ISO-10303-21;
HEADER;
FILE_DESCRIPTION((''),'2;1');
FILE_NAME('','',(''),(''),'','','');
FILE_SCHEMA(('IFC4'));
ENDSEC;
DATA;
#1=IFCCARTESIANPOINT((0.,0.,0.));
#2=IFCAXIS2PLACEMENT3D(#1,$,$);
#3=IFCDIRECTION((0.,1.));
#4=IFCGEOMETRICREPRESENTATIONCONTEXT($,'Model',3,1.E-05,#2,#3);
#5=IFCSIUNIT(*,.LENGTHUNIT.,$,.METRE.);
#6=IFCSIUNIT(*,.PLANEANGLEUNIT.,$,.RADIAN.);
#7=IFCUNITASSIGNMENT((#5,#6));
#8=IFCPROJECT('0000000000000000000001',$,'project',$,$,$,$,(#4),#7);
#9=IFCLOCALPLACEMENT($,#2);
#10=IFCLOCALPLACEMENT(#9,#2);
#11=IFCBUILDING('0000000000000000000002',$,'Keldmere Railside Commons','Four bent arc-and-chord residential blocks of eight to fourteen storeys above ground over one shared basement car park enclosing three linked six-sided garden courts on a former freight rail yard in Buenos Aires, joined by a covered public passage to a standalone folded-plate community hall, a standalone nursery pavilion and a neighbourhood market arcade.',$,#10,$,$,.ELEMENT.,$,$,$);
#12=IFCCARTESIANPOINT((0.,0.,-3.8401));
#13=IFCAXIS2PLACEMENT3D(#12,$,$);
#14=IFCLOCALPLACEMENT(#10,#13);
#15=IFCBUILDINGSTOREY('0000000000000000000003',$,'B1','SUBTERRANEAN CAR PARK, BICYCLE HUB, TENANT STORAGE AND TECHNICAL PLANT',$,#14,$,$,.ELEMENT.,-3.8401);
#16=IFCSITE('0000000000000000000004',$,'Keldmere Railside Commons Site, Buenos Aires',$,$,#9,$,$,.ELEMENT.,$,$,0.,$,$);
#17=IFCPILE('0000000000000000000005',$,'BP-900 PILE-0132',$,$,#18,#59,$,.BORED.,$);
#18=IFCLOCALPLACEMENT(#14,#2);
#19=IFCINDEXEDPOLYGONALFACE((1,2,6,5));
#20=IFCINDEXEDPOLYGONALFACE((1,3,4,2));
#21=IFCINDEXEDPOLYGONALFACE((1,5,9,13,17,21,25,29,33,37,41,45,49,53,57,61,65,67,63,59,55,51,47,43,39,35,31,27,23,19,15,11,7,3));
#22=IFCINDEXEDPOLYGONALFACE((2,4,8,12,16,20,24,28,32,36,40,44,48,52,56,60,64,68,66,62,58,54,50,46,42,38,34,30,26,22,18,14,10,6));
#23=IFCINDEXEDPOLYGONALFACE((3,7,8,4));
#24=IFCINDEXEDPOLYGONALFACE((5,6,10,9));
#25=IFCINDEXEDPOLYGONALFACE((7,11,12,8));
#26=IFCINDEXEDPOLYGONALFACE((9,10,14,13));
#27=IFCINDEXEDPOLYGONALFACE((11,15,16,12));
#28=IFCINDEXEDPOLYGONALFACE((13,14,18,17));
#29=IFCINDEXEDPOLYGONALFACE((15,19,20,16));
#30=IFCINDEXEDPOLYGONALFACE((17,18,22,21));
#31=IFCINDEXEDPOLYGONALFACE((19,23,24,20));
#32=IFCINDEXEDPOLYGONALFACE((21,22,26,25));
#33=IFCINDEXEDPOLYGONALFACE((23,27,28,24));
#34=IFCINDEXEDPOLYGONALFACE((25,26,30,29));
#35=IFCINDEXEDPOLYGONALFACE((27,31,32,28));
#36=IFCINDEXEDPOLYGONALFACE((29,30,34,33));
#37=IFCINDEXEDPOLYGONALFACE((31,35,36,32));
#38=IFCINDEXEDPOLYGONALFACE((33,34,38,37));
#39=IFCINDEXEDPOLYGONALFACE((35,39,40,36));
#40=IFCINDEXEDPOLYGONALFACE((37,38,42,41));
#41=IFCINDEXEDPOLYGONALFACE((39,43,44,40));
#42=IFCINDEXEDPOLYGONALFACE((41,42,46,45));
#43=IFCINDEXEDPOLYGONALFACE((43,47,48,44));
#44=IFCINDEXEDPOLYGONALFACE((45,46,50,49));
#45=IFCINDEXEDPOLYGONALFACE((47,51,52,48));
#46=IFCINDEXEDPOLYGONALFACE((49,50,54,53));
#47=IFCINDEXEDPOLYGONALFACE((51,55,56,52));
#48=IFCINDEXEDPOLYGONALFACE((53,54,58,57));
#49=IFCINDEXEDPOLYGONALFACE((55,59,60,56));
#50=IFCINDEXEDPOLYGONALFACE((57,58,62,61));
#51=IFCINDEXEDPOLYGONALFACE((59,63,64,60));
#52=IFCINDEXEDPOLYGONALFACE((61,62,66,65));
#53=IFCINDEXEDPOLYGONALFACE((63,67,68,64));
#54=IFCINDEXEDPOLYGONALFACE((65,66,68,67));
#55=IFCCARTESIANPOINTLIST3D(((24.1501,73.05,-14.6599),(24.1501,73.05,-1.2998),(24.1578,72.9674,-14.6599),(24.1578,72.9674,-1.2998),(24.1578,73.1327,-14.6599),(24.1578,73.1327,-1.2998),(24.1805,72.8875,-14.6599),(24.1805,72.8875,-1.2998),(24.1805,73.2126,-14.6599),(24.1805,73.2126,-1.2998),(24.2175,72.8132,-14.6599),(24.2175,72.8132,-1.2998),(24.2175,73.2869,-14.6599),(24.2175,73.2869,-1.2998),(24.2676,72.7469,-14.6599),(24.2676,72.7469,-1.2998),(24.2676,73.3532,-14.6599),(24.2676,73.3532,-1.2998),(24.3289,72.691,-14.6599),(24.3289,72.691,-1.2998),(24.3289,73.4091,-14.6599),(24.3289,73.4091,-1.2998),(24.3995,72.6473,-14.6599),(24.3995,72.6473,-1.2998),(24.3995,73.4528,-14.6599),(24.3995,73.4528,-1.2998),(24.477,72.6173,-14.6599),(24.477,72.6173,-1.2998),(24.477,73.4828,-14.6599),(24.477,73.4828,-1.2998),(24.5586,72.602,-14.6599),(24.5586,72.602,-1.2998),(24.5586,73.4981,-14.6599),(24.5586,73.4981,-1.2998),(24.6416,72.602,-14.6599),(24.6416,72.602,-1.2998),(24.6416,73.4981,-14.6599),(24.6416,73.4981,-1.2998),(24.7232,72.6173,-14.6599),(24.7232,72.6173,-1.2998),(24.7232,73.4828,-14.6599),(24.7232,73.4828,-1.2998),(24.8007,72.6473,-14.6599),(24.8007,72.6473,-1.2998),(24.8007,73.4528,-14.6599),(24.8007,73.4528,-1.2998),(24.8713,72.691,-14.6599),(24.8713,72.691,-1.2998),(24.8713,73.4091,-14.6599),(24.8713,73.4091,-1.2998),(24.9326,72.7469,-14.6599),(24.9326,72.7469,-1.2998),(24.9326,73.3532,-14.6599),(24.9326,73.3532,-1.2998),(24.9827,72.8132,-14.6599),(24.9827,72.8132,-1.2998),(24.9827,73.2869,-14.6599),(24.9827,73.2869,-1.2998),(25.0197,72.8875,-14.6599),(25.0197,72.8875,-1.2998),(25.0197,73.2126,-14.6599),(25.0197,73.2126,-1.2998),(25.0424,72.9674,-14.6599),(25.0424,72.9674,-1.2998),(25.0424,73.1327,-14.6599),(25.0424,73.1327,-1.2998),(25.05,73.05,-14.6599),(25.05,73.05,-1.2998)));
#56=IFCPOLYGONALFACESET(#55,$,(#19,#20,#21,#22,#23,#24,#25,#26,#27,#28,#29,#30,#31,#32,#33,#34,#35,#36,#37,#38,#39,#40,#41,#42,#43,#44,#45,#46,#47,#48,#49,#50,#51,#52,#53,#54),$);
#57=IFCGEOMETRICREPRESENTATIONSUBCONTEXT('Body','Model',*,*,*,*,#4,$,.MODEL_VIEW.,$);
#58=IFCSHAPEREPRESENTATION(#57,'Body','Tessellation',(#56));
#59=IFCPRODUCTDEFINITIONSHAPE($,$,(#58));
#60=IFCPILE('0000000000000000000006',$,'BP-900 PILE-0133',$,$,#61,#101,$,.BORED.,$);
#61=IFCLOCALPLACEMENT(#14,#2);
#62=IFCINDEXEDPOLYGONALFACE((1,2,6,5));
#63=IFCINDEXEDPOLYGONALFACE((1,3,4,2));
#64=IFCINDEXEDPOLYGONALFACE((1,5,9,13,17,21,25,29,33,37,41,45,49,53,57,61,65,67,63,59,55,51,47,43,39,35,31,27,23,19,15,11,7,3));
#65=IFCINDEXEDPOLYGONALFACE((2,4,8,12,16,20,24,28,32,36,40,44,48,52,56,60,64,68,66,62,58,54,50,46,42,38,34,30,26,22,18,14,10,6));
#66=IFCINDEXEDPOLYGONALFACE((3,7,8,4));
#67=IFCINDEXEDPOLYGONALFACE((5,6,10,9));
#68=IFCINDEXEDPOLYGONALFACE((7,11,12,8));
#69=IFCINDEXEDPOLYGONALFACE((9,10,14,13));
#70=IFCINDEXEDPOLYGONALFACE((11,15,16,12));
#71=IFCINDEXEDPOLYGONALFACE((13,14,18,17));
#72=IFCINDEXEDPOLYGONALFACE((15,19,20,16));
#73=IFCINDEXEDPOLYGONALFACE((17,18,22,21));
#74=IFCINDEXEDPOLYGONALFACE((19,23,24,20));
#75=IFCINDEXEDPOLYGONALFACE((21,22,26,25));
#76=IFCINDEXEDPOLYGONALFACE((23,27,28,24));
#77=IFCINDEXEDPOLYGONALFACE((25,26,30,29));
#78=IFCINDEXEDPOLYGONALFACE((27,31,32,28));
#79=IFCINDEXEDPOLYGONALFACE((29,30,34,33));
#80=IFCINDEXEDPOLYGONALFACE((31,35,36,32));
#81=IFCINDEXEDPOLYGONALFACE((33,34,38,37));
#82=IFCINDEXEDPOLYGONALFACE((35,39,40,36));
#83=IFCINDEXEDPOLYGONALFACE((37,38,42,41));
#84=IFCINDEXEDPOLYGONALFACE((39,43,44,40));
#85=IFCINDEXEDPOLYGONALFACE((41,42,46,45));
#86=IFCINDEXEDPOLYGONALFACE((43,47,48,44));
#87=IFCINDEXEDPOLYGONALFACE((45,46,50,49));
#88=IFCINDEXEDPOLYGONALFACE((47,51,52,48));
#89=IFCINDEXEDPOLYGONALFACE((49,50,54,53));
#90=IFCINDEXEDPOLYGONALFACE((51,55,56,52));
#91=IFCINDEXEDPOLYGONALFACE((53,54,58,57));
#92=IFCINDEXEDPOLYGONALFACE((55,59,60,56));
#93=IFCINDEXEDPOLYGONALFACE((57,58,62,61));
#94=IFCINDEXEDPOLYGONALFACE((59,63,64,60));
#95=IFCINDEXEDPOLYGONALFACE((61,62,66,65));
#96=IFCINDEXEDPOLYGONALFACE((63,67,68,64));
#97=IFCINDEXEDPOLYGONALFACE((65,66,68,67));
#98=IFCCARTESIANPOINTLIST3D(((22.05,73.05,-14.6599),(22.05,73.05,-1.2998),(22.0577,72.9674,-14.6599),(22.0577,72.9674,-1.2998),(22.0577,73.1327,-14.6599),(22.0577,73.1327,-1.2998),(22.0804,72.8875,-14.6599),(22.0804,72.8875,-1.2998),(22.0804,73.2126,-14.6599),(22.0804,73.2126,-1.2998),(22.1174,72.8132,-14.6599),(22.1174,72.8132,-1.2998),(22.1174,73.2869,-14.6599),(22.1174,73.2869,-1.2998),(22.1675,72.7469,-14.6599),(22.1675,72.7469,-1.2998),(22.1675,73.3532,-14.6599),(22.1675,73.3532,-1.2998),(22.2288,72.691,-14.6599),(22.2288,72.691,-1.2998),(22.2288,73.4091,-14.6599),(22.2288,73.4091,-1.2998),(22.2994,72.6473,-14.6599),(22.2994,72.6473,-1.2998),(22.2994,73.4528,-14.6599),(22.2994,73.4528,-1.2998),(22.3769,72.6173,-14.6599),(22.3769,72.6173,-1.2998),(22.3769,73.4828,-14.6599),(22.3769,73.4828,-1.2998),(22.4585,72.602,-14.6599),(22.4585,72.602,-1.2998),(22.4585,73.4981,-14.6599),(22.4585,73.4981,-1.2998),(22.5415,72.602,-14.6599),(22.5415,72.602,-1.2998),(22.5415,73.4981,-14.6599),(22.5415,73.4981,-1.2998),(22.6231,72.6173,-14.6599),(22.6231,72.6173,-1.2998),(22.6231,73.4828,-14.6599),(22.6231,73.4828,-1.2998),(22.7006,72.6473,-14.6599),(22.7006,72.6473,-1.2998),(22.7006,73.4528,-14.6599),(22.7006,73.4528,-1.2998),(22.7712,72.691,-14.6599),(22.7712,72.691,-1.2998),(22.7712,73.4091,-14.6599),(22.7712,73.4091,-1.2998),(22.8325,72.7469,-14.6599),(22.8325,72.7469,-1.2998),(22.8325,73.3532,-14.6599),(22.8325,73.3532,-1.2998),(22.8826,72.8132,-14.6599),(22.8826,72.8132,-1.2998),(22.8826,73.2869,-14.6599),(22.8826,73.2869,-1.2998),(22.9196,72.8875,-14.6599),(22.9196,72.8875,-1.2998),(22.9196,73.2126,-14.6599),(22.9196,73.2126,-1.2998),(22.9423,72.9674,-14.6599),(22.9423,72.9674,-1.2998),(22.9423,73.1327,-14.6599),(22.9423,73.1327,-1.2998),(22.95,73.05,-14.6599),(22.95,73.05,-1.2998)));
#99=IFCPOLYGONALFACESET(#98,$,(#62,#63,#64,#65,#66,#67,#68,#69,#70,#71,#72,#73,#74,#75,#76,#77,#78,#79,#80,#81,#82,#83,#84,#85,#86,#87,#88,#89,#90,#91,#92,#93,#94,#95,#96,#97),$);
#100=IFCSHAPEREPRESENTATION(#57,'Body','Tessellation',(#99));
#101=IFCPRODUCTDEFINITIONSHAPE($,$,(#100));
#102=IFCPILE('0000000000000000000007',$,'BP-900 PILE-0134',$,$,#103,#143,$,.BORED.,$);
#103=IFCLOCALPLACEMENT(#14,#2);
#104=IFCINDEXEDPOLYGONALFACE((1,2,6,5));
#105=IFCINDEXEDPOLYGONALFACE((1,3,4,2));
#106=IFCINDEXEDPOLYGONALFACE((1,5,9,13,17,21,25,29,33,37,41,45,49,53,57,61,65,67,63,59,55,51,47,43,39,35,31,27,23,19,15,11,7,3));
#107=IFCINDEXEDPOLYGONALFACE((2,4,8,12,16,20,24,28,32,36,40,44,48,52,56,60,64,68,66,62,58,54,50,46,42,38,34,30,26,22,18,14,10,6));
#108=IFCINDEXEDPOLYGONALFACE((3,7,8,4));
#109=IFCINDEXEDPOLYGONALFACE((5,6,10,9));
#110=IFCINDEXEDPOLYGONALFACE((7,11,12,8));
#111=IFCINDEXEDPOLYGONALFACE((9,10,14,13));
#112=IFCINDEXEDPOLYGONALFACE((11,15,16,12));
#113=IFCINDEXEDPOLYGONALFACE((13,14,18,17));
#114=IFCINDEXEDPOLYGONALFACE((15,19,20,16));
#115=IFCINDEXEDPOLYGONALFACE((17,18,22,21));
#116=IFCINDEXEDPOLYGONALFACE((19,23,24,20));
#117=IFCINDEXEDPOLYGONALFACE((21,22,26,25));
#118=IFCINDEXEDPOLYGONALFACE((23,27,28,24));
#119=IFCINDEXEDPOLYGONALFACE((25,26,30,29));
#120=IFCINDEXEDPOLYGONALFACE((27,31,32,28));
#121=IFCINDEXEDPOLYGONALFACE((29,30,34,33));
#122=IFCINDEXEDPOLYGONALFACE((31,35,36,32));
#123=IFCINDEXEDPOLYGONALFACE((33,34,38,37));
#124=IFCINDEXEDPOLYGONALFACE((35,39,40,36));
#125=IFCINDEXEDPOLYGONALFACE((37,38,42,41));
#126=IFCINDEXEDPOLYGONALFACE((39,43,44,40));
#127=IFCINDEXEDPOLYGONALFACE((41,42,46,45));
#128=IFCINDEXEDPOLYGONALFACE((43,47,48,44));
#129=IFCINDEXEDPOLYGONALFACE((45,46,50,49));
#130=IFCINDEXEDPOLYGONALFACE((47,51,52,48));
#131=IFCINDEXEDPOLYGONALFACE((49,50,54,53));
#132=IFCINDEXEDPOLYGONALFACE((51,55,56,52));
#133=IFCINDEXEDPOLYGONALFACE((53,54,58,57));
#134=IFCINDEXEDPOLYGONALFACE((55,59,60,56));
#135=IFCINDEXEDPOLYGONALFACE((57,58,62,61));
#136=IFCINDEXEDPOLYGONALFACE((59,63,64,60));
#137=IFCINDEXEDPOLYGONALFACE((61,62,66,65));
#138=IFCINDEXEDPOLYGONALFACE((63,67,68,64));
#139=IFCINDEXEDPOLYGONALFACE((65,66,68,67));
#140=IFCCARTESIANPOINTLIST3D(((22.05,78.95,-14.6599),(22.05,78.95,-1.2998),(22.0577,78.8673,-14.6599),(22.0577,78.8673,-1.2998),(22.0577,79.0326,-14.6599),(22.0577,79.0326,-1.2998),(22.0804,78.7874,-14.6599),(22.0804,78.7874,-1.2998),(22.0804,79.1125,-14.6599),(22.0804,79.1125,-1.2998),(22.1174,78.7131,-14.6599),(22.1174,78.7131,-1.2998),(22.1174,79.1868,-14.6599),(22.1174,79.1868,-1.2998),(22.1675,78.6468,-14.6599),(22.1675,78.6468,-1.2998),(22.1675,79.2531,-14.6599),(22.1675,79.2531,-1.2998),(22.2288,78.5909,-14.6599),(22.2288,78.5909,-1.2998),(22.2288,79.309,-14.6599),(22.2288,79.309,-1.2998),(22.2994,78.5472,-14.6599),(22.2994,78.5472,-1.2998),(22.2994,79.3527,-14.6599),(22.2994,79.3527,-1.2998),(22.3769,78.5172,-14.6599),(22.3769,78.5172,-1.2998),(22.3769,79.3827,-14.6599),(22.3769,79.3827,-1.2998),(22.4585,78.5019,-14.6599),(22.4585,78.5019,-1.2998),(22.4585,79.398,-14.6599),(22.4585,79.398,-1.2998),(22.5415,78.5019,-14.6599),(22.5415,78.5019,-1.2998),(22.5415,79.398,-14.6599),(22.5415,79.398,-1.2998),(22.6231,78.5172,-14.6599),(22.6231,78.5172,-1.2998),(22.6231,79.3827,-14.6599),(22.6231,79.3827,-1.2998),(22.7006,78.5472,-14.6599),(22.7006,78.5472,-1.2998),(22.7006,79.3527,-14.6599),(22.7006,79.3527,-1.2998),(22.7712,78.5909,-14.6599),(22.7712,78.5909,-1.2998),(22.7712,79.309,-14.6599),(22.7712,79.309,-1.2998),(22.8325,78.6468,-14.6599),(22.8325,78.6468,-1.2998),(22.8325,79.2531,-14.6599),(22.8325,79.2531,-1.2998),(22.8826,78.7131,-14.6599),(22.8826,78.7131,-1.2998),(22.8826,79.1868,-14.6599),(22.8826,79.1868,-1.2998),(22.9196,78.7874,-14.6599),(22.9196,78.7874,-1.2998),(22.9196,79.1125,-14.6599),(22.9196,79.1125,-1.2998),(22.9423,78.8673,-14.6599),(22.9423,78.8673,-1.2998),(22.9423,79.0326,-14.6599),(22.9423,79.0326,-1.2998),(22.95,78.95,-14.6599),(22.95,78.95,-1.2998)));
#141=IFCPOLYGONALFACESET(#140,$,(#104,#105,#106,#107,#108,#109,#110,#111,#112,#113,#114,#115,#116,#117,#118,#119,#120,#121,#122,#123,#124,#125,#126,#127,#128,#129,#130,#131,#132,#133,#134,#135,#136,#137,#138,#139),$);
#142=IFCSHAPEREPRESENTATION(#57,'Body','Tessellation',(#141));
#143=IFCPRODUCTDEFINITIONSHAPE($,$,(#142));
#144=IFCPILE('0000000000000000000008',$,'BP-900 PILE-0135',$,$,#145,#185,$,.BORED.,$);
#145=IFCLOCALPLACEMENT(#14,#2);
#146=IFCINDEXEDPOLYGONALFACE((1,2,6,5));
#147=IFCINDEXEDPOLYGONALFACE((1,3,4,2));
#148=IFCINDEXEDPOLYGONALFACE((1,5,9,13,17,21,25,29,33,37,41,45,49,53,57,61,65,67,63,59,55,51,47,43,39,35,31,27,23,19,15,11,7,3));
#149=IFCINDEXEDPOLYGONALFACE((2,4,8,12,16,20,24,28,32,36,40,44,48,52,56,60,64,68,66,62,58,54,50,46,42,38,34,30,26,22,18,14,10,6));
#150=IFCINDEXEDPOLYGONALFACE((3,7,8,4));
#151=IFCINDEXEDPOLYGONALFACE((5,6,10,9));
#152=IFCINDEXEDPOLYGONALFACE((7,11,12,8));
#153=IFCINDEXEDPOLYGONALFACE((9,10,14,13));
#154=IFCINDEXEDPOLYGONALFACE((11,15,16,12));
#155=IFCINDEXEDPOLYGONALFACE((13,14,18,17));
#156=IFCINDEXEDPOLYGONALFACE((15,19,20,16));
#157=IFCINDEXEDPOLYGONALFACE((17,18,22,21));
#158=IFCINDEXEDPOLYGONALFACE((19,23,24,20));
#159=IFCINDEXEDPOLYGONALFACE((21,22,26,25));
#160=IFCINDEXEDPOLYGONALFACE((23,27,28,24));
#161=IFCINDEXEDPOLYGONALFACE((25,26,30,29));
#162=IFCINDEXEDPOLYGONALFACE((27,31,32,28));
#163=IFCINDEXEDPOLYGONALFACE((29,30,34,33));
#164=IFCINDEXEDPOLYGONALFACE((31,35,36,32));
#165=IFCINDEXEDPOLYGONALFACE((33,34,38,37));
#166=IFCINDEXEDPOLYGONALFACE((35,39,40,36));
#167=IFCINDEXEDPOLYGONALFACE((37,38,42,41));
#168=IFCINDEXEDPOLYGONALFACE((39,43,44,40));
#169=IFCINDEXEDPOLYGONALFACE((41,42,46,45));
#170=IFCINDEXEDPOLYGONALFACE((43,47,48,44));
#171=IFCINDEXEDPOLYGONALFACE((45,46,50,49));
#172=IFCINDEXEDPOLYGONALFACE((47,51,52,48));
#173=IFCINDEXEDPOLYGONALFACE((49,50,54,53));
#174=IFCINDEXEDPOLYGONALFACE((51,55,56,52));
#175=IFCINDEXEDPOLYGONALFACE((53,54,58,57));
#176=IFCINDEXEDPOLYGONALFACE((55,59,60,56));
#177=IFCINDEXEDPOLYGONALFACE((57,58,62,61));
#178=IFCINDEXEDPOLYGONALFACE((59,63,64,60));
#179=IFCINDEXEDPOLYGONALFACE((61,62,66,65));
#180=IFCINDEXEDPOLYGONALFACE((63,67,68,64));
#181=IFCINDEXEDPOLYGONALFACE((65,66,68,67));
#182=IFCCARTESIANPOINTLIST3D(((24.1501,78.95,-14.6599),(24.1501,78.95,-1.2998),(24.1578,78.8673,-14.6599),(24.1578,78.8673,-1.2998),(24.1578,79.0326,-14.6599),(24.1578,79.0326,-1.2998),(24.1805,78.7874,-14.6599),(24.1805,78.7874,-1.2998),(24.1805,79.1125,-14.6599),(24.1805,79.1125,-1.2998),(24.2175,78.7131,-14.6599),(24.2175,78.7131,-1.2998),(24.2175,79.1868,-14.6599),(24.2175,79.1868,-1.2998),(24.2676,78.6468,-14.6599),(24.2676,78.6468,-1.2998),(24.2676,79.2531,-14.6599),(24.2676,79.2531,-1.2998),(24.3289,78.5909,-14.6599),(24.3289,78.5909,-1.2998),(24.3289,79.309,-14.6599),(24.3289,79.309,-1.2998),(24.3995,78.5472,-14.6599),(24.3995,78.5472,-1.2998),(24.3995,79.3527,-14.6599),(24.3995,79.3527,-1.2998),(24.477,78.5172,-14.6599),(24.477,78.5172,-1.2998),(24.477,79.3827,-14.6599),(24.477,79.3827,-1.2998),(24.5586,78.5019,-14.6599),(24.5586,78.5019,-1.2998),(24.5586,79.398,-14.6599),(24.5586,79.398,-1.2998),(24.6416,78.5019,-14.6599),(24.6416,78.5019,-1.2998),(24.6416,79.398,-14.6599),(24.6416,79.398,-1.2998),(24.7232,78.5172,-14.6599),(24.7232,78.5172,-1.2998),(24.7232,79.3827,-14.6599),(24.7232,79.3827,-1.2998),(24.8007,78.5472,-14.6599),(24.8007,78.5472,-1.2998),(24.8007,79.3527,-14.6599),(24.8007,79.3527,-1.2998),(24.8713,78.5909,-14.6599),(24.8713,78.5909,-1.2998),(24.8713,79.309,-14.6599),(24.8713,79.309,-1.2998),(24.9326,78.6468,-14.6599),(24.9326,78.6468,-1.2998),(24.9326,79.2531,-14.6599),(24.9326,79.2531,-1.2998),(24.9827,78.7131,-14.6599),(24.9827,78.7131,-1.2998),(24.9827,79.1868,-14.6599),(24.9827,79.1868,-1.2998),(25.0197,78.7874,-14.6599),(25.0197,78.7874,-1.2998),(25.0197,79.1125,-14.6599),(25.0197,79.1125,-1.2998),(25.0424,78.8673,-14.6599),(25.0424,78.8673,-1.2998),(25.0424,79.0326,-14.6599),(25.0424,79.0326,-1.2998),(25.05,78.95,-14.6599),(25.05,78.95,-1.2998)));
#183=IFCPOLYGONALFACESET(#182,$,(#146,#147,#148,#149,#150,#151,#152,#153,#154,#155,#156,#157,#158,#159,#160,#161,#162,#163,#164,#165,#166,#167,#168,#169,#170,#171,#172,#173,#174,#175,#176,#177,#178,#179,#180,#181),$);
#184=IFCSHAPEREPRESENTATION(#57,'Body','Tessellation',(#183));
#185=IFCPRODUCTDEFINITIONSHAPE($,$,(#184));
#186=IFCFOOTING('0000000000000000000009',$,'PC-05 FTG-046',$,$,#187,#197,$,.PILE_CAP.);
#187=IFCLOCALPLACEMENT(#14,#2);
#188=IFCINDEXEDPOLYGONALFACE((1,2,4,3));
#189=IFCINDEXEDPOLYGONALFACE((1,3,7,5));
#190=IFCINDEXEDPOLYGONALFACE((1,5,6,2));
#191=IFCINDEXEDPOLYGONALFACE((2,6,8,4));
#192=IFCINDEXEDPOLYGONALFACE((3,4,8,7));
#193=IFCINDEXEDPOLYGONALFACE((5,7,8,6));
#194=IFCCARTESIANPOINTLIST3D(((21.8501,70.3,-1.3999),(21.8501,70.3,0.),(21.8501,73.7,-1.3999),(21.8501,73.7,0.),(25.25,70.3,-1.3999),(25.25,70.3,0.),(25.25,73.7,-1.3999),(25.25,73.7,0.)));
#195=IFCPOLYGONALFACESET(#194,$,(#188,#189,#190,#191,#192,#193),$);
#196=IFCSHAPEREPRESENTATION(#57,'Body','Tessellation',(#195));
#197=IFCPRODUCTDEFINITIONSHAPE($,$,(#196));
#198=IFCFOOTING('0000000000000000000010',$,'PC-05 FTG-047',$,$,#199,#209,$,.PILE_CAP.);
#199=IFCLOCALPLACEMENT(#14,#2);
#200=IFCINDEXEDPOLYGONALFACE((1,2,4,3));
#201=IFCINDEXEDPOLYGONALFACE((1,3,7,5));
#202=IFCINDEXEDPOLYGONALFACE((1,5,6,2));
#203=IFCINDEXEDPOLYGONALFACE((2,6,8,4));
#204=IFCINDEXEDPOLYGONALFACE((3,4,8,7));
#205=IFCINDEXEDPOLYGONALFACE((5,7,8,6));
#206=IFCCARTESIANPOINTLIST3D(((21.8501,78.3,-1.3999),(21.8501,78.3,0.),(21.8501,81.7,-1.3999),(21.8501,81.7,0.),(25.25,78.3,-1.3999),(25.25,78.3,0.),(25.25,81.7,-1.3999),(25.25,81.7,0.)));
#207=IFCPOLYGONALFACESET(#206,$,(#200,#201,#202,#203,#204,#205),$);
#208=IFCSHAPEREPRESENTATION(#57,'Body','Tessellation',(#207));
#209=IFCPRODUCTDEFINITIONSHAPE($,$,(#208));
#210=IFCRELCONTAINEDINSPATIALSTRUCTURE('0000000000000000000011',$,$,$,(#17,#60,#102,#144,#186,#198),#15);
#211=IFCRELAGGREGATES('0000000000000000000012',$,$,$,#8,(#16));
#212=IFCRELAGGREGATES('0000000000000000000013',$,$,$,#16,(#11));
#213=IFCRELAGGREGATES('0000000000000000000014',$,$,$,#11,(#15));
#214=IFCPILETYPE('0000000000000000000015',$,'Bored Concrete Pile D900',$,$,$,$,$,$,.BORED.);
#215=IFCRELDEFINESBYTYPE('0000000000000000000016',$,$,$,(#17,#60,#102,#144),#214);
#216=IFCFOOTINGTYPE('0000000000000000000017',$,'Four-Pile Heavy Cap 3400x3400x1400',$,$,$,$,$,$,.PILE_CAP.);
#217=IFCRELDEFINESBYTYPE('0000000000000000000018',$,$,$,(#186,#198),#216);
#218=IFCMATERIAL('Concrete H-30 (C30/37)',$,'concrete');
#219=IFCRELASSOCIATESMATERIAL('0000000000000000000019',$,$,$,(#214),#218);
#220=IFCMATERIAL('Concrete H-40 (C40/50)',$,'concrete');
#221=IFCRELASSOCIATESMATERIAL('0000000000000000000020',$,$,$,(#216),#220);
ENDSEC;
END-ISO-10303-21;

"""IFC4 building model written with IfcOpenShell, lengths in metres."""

from ifc_helpers import new_model, si_unit, direction, frame, origin, origin_2d, place, context, subcontext, project, spatial, rectangle, circle, extrude, material, material_profile, profile_set, type_object, element, save


model = new_model("IFC4")

# Units and contexts
model_context = context("Model", 3, precision=1e-05, world=origin(), true_north=direction((0.0, 1.0)))
body_context = subcontext(model_context, "Body", "Model", "MODEL_VIEW")
ifc_project = project(units=[si_unit("LENGTHUNIT", "METRE"), si_unit("PLANEANGLEUNIT", "RADIAN")], contexts=[model_context])

# Site, building, storey
site_placement = place(None, origin())
site = spatial("IfcSite", under=ifc_project, at=site_placement, Name="Keldmere Railside Commons Site, Buenos Aires", CompositionType="ELEMENT", RefElevation=0.0)
building_placement = place(site_placement, origin())
building = spatial("IfcBuilding", under=site, at=building_placement, Name="Keldmere Railside Commons", Description="Four bent arc-and-chord residential blocks of eight to fourteen storeys above ground over one shared basement car park enclosing three linked six-sided garden courts on a former freight rail yard in Buenos Aires, joined by a covered public passage to a standalone folded-plate community hall, a standalone nursery pavilion and a neighbourhood market arcade.", CompositionType="ELEMENT")
storey_placement = place(building_placement, frame((0.0, 0.0, -3.8401)))
storey = spatial("IfcBuildingStorey", under=building, at=storey_placement, Name="B1", Description="SUBTERRANEAN CAR PARK, BICYCLE HUB, TENANT STORAGE AND TECHNICAL PLANT", CompositionType="ELEMENT", Elevation=-3.8401)

# Piles
ifc_material_1 = material(Name="Concrete H-30 (C30/37)", Category="concrete")
ifc_material_profile_1 = material_profile(ifc_material_1, circle(Radius=0.45, at=origin_2d()), Name="PILE-D900")
ifc_profile_set_1 = profile_set([ifc_material_profile_1], Name="Concrete H-30 (C30/37)")
pile_type = type_object("IfcPileType", Name="Bored Concrete Pile D900", PredefinedType="BORED", material=ifc_profile_set_1)
for number, where, z_axis, x_axis, name in (
    (1, (24.6001, 73.05, -1.2998), (0.0, 0.0, -1.0), (1.0, 0.0, 0.0), "BP-900 PILE-0132"),
    (2, (22.5, 73.05, -1.2998), (0.0, 0.0, -1.0), (1.0, 0.0, 0.0), "BP-900 PILE-0133"),
    (3, (22.5, 78.95, -1.2998), (0.0, 0.0, -1.0), (1.0, 0.0, 0.0), "BP-900 PILE-0134"),
    (4, (24.6001, 78.95, -1.2998), (0.0, 0.0, -1.0), (1.0, 0.0, 0.0), "BP-900 PILE-0135"),
):
    element("IfcPile", number, at=place(storey_placement, frame(where, z_axis=z_axis, x_axis=x_axis)), inside=storey, type_object=pile_type, Name=name, PredefinedType="BORED", context=body_context, shape_type="SweptSolid", body=[
        extrude(circle(Radius=0.45, at=origin_2d()), origin(), (0.0, 0.0, 1.0), 13.3601),
    ])

# Footings
ifc_material_2 = material(Name="Concrete H-40 (C40/50)", Category="concrete")
footing_type_1 = type_object("IfcFootingType", Name="Four-Pile Heavy Cap 3400x3400x1400", PredefinedType="PILE_CAP", material=ifc_material_2)
for number, where, z_axis, x_axis, name in (
    (5, (23.55, 72.0, -1.3999), (0.0, 0.0, 1.0), (1.0, 0.0, 0.0), "PC-05 FTG-046"),
    (6, (23.55, 80.0, -1.3999), (0.0, 0.0, 1.0), (1.0, 0.0, 0.0), "PC-05 FTG-047"),
):
    element("IfcFooting", number, at=place(storey_placement, frame(where, z_axis=z_axis, x_axis=x_axis)), inside=storey, type_object=footing_type_1, Name=name, PredefinedType="PILE_CAP", context=body_context, shape_type="SweptSolid", body=[
        extrude(rectangle(XDim=3.3999, YDim=3.3999, at=origin_2d()), origin(), (0.0, 0.0, 1.0), 1.3999),
    ])

save(model, "model.ifc")
